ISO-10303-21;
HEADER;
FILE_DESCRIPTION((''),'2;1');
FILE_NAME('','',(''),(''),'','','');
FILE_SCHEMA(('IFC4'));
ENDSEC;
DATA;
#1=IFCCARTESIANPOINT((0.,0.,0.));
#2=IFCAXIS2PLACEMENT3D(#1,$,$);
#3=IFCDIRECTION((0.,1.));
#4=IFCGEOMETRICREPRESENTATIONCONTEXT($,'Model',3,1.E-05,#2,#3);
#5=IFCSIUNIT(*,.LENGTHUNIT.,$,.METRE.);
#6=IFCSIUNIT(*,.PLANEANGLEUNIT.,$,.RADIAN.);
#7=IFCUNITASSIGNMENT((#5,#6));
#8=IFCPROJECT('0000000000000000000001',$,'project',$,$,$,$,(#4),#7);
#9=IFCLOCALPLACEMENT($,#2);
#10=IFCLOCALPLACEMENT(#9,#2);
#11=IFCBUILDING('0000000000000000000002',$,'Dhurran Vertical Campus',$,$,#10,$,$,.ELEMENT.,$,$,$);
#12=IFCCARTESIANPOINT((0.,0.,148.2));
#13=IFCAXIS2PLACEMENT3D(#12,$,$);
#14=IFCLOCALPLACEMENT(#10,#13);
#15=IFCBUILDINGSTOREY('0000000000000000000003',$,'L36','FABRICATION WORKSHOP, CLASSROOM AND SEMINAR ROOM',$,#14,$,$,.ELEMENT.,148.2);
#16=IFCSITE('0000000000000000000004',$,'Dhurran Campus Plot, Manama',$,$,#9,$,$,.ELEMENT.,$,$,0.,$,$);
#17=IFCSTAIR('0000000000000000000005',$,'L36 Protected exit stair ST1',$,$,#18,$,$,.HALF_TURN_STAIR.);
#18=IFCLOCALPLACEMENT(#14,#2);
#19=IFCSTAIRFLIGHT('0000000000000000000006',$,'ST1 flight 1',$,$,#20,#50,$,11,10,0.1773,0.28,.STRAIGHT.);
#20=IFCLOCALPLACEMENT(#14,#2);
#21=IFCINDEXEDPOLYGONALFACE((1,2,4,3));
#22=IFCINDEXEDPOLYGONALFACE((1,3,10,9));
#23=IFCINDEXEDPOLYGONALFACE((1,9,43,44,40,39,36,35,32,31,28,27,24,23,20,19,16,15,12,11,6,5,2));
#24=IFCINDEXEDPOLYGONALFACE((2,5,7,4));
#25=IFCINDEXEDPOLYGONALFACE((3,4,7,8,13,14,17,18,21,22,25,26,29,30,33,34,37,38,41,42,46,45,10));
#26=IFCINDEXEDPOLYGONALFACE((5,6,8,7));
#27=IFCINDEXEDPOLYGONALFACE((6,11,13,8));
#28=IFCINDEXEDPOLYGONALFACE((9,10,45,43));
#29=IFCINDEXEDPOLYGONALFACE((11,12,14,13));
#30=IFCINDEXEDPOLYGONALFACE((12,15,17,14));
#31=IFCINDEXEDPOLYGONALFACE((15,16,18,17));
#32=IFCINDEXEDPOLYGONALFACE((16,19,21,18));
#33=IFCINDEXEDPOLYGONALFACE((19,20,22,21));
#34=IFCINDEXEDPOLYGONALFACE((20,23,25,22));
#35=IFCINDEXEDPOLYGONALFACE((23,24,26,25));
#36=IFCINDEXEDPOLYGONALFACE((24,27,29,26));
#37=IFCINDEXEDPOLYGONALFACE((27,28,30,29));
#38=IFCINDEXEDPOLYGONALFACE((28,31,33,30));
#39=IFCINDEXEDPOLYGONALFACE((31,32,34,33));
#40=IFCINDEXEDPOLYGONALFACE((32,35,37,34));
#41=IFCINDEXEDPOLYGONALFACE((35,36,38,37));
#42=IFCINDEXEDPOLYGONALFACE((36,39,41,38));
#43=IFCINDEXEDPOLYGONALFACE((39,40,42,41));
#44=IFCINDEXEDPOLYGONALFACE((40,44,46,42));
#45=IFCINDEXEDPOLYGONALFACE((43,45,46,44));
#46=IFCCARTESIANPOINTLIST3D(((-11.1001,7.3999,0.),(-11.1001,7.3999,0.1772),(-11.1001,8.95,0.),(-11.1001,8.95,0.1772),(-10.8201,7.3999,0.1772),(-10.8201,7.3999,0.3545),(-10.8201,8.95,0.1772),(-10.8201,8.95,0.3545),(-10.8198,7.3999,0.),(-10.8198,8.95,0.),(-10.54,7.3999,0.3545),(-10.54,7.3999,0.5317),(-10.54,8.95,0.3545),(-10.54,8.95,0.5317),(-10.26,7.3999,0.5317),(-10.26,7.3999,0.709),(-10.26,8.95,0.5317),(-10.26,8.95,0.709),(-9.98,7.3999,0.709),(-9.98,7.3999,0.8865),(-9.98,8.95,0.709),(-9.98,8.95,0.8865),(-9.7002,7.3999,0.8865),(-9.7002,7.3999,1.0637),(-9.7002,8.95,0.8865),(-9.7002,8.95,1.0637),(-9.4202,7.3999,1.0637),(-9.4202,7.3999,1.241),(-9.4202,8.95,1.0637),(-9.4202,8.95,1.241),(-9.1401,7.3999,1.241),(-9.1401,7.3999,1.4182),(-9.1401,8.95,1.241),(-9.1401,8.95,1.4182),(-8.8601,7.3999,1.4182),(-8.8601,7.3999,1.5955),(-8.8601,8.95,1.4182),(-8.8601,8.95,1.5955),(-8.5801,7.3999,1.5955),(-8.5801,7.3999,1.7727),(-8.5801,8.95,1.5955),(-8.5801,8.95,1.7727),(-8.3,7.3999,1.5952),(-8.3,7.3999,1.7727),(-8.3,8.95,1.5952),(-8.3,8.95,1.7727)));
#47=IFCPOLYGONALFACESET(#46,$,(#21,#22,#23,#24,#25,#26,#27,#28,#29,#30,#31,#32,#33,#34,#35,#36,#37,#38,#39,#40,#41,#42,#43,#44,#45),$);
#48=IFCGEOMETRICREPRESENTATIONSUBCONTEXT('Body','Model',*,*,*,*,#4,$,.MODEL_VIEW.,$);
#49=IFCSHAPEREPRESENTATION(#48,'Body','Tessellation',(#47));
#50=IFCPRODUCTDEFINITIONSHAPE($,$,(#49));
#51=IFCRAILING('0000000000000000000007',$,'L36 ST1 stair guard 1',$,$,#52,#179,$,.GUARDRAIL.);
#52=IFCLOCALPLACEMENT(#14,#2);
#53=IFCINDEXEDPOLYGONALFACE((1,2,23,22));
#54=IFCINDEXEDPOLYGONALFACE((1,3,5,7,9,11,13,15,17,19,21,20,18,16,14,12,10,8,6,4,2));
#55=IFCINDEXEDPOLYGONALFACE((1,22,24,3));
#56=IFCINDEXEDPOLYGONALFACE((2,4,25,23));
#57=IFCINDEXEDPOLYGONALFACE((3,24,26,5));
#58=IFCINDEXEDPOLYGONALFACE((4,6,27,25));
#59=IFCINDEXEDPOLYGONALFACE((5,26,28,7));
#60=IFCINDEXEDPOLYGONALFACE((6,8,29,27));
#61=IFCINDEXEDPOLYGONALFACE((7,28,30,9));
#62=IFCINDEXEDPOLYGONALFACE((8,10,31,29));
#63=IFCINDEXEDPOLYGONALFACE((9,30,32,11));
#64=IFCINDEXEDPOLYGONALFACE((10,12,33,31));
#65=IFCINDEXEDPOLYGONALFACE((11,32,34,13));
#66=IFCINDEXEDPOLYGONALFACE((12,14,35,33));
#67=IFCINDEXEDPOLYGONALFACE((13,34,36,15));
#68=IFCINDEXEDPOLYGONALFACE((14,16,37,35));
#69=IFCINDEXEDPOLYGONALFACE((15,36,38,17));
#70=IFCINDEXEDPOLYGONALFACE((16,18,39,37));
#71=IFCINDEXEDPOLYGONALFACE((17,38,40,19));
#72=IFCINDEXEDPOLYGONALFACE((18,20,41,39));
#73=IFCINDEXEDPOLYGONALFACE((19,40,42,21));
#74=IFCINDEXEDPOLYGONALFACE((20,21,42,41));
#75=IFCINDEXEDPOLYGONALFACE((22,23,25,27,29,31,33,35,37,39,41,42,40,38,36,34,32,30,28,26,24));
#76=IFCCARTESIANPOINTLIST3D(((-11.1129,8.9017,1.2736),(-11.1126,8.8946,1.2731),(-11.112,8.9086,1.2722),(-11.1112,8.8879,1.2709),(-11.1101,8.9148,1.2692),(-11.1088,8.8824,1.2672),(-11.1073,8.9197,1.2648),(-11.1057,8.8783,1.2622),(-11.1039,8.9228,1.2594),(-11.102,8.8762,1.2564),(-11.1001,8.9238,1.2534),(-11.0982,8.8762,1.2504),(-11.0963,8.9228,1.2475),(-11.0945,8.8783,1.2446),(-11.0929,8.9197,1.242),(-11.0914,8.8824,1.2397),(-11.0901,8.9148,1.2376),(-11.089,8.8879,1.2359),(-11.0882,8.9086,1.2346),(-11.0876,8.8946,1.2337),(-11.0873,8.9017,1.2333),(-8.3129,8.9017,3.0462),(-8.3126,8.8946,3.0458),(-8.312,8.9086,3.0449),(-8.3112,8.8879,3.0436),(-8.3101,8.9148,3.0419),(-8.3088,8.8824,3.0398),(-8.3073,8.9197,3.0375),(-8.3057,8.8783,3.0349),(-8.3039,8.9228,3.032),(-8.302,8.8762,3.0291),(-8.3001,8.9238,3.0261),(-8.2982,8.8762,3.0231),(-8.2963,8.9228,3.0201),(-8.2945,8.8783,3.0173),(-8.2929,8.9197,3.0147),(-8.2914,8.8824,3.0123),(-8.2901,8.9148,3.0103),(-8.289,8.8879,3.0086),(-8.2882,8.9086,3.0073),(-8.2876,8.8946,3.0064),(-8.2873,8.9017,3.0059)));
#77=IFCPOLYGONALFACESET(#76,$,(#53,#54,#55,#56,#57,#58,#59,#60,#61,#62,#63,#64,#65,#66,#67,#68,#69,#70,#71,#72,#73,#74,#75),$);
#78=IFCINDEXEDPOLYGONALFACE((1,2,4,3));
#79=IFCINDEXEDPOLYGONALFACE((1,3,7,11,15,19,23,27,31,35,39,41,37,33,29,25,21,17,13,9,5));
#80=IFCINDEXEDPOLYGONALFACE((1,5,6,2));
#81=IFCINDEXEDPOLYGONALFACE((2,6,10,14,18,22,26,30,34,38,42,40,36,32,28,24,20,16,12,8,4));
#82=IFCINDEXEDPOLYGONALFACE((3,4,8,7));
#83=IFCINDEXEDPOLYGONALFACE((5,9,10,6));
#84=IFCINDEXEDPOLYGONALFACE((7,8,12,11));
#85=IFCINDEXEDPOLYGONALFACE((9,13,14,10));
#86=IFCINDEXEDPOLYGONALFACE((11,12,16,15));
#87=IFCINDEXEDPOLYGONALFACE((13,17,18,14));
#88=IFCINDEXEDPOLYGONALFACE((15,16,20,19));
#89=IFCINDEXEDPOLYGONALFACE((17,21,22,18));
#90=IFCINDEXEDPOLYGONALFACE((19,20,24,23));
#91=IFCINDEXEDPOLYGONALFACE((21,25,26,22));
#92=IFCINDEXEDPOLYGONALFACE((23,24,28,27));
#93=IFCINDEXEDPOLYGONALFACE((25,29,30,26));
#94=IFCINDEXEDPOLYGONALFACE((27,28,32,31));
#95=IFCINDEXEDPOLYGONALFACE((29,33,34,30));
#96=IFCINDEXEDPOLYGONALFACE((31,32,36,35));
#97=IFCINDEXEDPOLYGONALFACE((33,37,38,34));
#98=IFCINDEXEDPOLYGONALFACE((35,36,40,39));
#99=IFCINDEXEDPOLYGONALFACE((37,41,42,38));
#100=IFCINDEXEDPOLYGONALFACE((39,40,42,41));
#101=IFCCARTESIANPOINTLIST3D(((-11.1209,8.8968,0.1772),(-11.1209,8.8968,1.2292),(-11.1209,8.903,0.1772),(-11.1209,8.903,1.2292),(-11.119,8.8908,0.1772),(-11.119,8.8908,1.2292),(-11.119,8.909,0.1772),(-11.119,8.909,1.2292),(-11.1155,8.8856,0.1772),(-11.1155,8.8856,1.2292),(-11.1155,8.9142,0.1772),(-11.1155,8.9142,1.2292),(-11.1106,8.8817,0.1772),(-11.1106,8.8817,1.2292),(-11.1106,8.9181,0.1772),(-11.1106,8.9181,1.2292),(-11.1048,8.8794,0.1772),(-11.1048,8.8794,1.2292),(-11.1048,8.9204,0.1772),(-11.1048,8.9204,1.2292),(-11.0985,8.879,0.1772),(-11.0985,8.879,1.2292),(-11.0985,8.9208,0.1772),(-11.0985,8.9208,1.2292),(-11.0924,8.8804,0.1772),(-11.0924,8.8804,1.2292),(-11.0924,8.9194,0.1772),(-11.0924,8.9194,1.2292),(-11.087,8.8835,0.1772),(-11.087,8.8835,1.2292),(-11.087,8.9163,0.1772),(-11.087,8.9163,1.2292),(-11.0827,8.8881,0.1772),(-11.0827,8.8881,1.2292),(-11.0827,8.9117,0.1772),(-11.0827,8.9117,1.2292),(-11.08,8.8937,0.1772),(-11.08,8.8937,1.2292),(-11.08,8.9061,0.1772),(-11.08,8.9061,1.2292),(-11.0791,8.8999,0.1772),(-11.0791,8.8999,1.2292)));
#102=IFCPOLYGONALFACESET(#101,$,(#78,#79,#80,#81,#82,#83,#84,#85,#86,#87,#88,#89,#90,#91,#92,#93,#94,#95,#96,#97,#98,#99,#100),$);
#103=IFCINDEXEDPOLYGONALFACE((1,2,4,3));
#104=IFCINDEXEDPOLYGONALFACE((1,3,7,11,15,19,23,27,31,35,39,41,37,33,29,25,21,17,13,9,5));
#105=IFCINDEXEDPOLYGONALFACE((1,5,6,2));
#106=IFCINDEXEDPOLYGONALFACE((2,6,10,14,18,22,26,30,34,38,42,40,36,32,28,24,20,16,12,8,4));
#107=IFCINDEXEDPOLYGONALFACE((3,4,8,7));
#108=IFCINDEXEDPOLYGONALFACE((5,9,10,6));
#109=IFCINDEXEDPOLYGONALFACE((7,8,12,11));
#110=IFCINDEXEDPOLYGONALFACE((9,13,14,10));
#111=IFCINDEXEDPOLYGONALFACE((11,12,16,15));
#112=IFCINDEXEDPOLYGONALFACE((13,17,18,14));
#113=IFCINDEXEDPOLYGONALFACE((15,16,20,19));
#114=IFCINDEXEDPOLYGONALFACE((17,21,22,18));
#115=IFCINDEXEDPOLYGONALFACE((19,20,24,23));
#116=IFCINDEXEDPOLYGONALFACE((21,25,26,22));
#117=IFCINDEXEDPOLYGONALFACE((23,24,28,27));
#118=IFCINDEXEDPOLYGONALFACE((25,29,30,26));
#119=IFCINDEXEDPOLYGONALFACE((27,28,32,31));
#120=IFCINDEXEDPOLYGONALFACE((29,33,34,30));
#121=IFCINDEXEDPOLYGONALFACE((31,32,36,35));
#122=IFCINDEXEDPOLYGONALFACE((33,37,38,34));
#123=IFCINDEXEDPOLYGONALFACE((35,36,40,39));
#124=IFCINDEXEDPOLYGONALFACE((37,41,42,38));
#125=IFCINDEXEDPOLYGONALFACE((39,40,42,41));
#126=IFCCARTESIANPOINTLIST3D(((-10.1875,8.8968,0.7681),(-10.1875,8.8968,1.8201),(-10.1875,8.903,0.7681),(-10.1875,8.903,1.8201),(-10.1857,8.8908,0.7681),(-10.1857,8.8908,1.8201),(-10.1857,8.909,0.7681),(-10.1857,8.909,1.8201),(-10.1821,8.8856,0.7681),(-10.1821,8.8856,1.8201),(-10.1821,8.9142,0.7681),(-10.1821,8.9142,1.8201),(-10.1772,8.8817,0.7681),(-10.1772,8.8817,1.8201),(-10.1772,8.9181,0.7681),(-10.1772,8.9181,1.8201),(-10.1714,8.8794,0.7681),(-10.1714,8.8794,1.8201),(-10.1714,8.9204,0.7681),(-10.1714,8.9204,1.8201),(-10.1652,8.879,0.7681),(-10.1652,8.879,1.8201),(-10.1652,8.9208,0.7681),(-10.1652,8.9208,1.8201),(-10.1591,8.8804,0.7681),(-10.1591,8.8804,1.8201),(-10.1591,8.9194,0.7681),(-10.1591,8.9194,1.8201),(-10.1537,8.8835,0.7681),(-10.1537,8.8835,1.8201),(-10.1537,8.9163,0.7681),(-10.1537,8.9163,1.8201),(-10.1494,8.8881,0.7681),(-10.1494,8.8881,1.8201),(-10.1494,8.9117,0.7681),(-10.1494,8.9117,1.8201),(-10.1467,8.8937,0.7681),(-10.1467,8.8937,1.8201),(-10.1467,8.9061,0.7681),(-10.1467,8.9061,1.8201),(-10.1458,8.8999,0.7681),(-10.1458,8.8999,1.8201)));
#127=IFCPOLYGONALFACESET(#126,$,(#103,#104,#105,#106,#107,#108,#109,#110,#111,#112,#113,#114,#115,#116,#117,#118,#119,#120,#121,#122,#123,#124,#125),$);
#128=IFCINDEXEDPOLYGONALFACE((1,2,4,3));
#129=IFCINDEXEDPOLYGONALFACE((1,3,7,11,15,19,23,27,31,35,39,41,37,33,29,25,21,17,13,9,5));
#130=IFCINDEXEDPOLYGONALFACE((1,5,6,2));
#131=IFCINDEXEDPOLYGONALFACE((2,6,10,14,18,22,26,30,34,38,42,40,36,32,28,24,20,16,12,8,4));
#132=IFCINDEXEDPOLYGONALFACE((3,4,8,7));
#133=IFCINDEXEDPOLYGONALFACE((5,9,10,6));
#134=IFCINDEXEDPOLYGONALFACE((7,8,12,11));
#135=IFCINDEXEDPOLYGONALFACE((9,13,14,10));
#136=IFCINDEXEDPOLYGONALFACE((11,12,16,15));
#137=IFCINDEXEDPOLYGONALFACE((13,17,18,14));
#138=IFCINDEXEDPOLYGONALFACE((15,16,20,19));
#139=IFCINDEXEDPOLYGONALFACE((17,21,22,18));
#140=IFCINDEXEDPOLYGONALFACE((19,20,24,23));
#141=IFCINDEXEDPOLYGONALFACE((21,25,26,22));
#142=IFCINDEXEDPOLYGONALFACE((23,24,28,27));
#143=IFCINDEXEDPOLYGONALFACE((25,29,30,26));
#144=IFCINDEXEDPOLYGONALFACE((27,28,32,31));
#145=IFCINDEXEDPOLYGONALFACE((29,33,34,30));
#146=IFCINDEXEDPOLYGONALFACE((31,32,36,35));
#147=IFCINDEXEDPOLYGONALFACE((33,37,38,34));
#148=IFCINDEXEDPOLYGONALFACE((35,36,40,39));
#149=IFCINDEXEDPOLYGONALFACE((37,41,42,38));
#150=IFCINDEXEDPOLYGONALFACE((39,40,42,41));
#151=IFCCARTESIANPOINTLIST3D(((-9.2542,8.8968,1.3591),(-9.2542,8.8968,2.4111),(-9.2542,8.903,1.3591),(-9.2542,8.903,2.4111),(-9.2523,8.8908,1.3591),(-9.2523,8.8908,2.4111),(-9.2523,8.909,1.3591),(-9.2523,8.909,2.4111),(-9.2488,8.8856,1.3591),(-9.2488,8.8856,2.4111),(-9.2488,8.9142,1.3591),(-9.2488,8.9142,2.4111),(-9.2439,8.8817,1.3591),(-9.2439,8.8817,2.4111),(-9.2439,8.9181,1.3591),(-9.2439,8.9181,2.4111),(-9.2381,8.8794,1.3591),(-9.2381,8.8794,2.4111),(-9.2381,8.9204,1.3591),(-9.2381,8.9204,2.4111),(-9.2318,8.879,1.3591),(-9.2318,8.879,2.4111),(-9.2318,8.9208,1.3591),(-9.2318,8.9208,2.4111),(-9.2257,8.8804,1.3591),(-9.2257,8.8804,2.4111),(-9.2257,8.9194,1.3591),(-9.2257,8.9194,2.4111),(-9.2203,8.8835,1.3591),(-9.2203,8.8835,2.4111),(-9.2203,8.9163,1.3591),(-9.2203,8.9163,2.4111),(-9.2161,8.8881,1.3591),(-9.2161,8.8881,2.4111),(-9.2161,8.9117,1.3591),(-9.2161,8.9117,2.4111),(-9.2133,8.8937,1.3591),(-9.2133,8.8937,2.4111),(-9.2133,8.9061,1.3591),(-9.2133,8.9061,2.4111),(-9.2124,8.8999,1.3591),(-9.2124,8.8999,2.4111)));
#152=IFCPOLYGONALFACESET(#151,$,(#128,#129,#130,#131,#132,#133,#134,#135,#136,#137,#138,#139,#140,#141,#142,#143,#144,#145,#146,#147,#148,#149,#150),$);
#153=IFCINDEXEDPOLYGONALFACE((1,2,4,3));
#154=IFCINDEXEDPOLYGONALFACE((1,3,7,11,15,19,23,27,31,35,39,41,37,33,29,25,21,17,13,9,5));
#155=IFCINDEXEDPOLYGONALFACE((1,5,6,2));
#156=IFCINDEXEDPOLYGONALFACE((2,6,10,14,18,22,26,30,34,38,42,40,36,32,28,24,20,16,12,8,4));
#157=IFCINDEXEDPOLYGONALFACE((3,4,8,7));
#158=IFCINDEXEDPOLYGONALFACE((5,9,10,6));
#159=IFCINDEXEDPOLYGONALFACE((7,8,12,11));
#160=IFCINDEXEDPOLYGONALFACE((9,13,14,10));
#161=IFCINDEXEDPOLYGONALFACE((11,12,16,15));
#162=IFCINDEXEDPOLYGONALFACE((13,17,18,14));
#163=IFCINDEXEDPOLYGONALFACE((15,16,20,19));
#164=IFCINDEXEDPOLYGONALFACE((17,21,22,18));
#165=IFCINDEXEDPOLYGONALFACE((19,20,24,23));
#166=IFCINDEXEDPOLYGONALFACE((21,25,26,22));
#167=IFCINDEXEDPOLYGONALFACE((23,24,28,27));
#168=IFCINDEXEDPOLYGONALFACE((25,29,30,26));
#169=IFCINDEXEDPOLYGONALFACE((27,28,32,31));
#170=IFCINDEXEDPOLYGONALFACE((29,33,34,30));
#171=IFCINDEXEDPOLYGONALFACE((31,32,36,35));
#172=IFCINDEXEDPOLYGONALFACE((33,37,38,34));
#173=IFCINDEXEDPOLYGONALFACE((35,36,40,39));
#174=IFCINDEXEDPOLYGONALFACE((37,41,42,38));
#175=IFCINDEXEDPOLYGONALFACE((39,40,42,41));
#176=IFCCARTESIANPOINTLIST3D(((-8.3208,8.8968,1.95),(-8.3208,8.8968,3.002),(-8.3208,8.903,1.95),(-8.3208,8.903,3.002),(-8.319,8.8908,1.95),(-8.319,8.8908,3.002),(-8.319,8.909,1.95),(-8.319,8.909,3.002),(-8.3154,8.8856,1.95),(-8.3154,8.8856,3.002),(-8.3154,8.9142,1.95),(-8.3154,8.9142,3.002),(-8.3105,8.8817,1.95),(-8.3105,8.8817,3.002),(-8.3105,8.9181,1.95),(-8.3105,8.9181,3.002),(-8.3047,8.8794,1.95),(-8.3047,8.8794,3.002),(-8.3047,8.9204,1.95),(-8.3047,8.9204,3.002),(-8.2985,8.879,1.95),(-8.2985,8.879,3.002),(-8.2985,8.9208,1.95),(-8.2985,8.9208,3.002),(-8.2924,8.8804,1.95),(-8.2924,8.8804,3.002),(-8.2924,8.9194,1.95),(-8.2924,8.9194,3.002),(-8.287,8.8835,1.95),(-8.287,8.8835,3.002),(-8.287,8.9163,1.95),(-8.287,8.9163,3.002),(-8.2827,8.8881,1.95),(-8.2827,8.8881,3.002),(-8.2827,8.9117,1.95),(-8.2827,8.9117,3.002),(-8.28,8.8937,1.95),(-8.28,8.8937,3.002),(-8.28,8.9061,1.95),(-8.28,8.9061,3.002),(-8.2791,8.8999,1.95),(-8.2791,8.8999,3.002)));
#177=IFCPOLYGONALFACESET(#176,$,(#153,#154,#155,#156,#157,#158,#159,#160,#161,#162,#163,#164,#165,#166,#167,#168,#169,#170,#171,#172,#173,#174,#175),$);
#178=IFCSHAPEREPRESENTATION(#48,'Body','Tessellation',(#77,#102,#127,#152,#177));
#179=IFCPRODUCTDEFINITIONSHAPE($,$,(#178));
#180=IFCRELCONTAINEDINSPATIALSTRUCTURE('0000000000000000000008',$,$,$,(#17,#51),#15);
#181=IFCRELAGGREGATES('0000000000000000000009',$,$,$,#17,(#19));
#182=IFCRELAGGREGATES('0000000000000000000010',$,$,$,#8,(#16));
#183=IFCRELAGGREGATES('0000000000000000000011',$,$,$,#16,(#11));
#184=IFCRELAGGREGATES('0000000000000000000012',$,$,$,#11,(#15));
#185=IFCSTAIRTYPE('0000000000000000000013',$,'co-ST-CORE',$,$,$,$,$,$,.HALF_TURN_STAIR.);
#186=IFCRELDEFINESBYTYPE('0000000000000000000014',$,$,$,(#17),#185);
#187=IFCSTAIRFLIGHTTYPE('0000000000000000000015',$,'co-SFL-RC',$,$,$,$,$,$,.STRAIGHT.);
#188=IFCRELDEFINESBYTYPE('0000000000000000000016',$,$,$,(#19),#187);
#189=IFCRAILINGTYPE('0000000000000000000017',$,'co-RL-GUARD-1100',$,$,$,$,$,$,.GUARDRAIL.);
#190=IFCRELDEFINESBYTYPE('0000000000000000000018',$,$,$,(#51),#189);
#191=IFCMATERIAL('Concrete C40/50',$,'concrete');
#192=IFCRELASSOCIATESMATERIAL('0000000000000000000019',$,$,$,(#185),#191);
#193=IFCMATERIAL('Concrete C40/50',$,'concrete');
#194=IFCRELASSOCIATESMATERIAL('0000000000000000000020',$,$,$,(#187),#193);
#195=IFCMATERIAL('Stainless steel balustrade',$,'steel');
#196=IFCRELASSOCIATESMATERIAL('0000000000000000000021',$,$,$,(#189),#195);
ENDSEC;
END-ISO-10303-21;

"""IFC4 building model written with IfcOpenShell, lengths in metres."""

from ifc_helpers import new_model, si_unit, direction, frame, origin, origin_2d, place, context, subcontext, project, spatial, polyline, circle, outline, extrude, material, type_object, element, aggregate, save


model = new_model("IFC4")

# Units and contexts
model_context = context("Model", 3, precision=1e-05, world=origin(), true_north=direction((0.0, 1.0)))
body_context = subcontext(model_context, "Body", "Model", "MODEL_VIEW")
ifc_project = project(units=[si_unit("LENGTHUNIT", "METRE"), si_unit("PLANEANGLEUNIT", "RADIAN")], contexts=[model_context])

# Site, building, storey
site_placement = place(None, origin())
site = spatial("IfcSite", under=ifc_project, at=site_placement, Name="Dhurran Campus Plot, Manama", CompositionType="ELEMENT", RefElevation=0.0)
building_placement = place(site_placement, origin())
building = spatial("IfcBuilding", under=site, at=building_placement, Name="Dhurran Vertical Campus", CompositionType="ELEMENT")
storey_placement = place(building_placement, frame((0.0, 0.0, 148.2)))
storey = spatial("IfcBuildingStorey", under=building, at=storey_placement, Name="L36", Description="FABRICATION WORKSHOP, CLASSROOM AND SEMINAR ROOM", CompositionType="ELEMENT", Elevation=148.2)

# Stair, stair flight
ifc_material_1 = material(Name="Concrete C40/50", Category="concrete")
stair_type = type_object("IfcStairType", Name="co-ST-CORE", PredefinedType="HALF_TURN_STAIR", material=ifc_material_1)
stair_placement = place(storey_placement, origin())
stair = element("IfcStair", 1, at=stair_placement, inside=storey, type_object=stair_type, Name="L36 Protected exit stair ST1", PredefinedType="HALF_TURN_STAIR")
ifc_material_2 = material(Name="Concrete C40/50", Category="concrete")
stair_flight_type = type_object("IfcStairFlightType", Name="co-SFL-RC", PredefinedType="STRAIGHT", material=ifc_material_2)
stair_flight_placement = place(storey_placement, frame((-11.1001, 8.175, 0.0), z_axis=(0.0, 0.0, 1.0), x_axis=(1.0, 0.0, 0.0)))
stair_flight = element("IfcStairFlight", 2, at=stair_flight_placement, type_object=stair_flight_type, Name="ST1 flight 1", NumberOfRisers=11, NumberOfTreads=10, PredefinedType="STRAIGHT", RiserHeight=0.1773, TreadLength=0.28, context=body_context, shape_type="SweptSolid", body=[
    extrude(outline(polyline([(0.0, 0.0), (0.0, 0.1772), (0.28, 0.1772), (0.28, 0.3545), (0.5601, 0.3545), (0.5601, 0.5317), (0.8401, 0.5317), (0.8401, 0.709), (1.1201, 0.709), (1.1201, 0.8865), (1.3999, 0.8865), (1.3999, 1.0637), (1.6799, 1.0637), (1.6799, 1.241), (1.96, 1.241), (1.96, 1.4182), (2.24, 1.4182), (2.24, 1.5955), (2.52, 1.5955), (2.52, 1.7727), (2.8, 1.7727), (2.8, 1.95), (2.8, 1.5952), (0.2803, 0.0), (0.0, 0.0)])), frame((0.0, 0.7749, 0.0), z_axis=(0.0, -1.0, 0.0), x_axis=(1.0, 0.0, 0.0)), (0.0, 0.0, 1.0), 1.55),
])
aggregate(stair, [stair_flight])

# Railing
ifc_material_3 = material(Name="Stainless steel balustrade", Category="steel")
railing_type_1 = type_object("IfcRailingType", Name="co-RL-GUARD-1100", PredefinedType="GUARDRAIL", material=ifc_material_3)
railing_1_placement = place(storey_placement, frame((-11.1001, 8.8999, 0.1772)))
element("IfcRailing", 3, at=railing_1_placement, inside=storey, type_object=railing_type_1, Name="L36 ST1 stair guard 1", PredefinedType="GUARDRAIL", context=body_context, shape_type="SweptSolid", body=[
    extrude(circle(Radius=0.0239, at=origin_2d()), frame((0.0, 0.0, 1.0762), z_axis=(0.844909, 0.0, 0.53491), x_axis=(0.0, 1.0, 0.0)), (0.0, 0.0, 1.0), 3.314),
    extrude(circle(Radius=0.021, at=origin_2d()), origin(), (0.0, 0.0, 1.0), 1.052),
    extrude(circle(Radius=0.021, at=origin_2d()), frame((0.9333, 0.0, 0.5908)), (0.0, 0.0, 1.0), 1.052),
    extrude(circle(Radius=0.021, at=origin_2d()), frame((1.8667, 0.0, 1.1819)), (0.0, 0.0, 1.0), 1.052),
    extrude(circle(Radius=0.021, at=origin_2d()), frame((2.8, 0.0, 1.7727)), (0.0, 0.0, 1.0), 1.052),
])

save(model, "model.ifc")
